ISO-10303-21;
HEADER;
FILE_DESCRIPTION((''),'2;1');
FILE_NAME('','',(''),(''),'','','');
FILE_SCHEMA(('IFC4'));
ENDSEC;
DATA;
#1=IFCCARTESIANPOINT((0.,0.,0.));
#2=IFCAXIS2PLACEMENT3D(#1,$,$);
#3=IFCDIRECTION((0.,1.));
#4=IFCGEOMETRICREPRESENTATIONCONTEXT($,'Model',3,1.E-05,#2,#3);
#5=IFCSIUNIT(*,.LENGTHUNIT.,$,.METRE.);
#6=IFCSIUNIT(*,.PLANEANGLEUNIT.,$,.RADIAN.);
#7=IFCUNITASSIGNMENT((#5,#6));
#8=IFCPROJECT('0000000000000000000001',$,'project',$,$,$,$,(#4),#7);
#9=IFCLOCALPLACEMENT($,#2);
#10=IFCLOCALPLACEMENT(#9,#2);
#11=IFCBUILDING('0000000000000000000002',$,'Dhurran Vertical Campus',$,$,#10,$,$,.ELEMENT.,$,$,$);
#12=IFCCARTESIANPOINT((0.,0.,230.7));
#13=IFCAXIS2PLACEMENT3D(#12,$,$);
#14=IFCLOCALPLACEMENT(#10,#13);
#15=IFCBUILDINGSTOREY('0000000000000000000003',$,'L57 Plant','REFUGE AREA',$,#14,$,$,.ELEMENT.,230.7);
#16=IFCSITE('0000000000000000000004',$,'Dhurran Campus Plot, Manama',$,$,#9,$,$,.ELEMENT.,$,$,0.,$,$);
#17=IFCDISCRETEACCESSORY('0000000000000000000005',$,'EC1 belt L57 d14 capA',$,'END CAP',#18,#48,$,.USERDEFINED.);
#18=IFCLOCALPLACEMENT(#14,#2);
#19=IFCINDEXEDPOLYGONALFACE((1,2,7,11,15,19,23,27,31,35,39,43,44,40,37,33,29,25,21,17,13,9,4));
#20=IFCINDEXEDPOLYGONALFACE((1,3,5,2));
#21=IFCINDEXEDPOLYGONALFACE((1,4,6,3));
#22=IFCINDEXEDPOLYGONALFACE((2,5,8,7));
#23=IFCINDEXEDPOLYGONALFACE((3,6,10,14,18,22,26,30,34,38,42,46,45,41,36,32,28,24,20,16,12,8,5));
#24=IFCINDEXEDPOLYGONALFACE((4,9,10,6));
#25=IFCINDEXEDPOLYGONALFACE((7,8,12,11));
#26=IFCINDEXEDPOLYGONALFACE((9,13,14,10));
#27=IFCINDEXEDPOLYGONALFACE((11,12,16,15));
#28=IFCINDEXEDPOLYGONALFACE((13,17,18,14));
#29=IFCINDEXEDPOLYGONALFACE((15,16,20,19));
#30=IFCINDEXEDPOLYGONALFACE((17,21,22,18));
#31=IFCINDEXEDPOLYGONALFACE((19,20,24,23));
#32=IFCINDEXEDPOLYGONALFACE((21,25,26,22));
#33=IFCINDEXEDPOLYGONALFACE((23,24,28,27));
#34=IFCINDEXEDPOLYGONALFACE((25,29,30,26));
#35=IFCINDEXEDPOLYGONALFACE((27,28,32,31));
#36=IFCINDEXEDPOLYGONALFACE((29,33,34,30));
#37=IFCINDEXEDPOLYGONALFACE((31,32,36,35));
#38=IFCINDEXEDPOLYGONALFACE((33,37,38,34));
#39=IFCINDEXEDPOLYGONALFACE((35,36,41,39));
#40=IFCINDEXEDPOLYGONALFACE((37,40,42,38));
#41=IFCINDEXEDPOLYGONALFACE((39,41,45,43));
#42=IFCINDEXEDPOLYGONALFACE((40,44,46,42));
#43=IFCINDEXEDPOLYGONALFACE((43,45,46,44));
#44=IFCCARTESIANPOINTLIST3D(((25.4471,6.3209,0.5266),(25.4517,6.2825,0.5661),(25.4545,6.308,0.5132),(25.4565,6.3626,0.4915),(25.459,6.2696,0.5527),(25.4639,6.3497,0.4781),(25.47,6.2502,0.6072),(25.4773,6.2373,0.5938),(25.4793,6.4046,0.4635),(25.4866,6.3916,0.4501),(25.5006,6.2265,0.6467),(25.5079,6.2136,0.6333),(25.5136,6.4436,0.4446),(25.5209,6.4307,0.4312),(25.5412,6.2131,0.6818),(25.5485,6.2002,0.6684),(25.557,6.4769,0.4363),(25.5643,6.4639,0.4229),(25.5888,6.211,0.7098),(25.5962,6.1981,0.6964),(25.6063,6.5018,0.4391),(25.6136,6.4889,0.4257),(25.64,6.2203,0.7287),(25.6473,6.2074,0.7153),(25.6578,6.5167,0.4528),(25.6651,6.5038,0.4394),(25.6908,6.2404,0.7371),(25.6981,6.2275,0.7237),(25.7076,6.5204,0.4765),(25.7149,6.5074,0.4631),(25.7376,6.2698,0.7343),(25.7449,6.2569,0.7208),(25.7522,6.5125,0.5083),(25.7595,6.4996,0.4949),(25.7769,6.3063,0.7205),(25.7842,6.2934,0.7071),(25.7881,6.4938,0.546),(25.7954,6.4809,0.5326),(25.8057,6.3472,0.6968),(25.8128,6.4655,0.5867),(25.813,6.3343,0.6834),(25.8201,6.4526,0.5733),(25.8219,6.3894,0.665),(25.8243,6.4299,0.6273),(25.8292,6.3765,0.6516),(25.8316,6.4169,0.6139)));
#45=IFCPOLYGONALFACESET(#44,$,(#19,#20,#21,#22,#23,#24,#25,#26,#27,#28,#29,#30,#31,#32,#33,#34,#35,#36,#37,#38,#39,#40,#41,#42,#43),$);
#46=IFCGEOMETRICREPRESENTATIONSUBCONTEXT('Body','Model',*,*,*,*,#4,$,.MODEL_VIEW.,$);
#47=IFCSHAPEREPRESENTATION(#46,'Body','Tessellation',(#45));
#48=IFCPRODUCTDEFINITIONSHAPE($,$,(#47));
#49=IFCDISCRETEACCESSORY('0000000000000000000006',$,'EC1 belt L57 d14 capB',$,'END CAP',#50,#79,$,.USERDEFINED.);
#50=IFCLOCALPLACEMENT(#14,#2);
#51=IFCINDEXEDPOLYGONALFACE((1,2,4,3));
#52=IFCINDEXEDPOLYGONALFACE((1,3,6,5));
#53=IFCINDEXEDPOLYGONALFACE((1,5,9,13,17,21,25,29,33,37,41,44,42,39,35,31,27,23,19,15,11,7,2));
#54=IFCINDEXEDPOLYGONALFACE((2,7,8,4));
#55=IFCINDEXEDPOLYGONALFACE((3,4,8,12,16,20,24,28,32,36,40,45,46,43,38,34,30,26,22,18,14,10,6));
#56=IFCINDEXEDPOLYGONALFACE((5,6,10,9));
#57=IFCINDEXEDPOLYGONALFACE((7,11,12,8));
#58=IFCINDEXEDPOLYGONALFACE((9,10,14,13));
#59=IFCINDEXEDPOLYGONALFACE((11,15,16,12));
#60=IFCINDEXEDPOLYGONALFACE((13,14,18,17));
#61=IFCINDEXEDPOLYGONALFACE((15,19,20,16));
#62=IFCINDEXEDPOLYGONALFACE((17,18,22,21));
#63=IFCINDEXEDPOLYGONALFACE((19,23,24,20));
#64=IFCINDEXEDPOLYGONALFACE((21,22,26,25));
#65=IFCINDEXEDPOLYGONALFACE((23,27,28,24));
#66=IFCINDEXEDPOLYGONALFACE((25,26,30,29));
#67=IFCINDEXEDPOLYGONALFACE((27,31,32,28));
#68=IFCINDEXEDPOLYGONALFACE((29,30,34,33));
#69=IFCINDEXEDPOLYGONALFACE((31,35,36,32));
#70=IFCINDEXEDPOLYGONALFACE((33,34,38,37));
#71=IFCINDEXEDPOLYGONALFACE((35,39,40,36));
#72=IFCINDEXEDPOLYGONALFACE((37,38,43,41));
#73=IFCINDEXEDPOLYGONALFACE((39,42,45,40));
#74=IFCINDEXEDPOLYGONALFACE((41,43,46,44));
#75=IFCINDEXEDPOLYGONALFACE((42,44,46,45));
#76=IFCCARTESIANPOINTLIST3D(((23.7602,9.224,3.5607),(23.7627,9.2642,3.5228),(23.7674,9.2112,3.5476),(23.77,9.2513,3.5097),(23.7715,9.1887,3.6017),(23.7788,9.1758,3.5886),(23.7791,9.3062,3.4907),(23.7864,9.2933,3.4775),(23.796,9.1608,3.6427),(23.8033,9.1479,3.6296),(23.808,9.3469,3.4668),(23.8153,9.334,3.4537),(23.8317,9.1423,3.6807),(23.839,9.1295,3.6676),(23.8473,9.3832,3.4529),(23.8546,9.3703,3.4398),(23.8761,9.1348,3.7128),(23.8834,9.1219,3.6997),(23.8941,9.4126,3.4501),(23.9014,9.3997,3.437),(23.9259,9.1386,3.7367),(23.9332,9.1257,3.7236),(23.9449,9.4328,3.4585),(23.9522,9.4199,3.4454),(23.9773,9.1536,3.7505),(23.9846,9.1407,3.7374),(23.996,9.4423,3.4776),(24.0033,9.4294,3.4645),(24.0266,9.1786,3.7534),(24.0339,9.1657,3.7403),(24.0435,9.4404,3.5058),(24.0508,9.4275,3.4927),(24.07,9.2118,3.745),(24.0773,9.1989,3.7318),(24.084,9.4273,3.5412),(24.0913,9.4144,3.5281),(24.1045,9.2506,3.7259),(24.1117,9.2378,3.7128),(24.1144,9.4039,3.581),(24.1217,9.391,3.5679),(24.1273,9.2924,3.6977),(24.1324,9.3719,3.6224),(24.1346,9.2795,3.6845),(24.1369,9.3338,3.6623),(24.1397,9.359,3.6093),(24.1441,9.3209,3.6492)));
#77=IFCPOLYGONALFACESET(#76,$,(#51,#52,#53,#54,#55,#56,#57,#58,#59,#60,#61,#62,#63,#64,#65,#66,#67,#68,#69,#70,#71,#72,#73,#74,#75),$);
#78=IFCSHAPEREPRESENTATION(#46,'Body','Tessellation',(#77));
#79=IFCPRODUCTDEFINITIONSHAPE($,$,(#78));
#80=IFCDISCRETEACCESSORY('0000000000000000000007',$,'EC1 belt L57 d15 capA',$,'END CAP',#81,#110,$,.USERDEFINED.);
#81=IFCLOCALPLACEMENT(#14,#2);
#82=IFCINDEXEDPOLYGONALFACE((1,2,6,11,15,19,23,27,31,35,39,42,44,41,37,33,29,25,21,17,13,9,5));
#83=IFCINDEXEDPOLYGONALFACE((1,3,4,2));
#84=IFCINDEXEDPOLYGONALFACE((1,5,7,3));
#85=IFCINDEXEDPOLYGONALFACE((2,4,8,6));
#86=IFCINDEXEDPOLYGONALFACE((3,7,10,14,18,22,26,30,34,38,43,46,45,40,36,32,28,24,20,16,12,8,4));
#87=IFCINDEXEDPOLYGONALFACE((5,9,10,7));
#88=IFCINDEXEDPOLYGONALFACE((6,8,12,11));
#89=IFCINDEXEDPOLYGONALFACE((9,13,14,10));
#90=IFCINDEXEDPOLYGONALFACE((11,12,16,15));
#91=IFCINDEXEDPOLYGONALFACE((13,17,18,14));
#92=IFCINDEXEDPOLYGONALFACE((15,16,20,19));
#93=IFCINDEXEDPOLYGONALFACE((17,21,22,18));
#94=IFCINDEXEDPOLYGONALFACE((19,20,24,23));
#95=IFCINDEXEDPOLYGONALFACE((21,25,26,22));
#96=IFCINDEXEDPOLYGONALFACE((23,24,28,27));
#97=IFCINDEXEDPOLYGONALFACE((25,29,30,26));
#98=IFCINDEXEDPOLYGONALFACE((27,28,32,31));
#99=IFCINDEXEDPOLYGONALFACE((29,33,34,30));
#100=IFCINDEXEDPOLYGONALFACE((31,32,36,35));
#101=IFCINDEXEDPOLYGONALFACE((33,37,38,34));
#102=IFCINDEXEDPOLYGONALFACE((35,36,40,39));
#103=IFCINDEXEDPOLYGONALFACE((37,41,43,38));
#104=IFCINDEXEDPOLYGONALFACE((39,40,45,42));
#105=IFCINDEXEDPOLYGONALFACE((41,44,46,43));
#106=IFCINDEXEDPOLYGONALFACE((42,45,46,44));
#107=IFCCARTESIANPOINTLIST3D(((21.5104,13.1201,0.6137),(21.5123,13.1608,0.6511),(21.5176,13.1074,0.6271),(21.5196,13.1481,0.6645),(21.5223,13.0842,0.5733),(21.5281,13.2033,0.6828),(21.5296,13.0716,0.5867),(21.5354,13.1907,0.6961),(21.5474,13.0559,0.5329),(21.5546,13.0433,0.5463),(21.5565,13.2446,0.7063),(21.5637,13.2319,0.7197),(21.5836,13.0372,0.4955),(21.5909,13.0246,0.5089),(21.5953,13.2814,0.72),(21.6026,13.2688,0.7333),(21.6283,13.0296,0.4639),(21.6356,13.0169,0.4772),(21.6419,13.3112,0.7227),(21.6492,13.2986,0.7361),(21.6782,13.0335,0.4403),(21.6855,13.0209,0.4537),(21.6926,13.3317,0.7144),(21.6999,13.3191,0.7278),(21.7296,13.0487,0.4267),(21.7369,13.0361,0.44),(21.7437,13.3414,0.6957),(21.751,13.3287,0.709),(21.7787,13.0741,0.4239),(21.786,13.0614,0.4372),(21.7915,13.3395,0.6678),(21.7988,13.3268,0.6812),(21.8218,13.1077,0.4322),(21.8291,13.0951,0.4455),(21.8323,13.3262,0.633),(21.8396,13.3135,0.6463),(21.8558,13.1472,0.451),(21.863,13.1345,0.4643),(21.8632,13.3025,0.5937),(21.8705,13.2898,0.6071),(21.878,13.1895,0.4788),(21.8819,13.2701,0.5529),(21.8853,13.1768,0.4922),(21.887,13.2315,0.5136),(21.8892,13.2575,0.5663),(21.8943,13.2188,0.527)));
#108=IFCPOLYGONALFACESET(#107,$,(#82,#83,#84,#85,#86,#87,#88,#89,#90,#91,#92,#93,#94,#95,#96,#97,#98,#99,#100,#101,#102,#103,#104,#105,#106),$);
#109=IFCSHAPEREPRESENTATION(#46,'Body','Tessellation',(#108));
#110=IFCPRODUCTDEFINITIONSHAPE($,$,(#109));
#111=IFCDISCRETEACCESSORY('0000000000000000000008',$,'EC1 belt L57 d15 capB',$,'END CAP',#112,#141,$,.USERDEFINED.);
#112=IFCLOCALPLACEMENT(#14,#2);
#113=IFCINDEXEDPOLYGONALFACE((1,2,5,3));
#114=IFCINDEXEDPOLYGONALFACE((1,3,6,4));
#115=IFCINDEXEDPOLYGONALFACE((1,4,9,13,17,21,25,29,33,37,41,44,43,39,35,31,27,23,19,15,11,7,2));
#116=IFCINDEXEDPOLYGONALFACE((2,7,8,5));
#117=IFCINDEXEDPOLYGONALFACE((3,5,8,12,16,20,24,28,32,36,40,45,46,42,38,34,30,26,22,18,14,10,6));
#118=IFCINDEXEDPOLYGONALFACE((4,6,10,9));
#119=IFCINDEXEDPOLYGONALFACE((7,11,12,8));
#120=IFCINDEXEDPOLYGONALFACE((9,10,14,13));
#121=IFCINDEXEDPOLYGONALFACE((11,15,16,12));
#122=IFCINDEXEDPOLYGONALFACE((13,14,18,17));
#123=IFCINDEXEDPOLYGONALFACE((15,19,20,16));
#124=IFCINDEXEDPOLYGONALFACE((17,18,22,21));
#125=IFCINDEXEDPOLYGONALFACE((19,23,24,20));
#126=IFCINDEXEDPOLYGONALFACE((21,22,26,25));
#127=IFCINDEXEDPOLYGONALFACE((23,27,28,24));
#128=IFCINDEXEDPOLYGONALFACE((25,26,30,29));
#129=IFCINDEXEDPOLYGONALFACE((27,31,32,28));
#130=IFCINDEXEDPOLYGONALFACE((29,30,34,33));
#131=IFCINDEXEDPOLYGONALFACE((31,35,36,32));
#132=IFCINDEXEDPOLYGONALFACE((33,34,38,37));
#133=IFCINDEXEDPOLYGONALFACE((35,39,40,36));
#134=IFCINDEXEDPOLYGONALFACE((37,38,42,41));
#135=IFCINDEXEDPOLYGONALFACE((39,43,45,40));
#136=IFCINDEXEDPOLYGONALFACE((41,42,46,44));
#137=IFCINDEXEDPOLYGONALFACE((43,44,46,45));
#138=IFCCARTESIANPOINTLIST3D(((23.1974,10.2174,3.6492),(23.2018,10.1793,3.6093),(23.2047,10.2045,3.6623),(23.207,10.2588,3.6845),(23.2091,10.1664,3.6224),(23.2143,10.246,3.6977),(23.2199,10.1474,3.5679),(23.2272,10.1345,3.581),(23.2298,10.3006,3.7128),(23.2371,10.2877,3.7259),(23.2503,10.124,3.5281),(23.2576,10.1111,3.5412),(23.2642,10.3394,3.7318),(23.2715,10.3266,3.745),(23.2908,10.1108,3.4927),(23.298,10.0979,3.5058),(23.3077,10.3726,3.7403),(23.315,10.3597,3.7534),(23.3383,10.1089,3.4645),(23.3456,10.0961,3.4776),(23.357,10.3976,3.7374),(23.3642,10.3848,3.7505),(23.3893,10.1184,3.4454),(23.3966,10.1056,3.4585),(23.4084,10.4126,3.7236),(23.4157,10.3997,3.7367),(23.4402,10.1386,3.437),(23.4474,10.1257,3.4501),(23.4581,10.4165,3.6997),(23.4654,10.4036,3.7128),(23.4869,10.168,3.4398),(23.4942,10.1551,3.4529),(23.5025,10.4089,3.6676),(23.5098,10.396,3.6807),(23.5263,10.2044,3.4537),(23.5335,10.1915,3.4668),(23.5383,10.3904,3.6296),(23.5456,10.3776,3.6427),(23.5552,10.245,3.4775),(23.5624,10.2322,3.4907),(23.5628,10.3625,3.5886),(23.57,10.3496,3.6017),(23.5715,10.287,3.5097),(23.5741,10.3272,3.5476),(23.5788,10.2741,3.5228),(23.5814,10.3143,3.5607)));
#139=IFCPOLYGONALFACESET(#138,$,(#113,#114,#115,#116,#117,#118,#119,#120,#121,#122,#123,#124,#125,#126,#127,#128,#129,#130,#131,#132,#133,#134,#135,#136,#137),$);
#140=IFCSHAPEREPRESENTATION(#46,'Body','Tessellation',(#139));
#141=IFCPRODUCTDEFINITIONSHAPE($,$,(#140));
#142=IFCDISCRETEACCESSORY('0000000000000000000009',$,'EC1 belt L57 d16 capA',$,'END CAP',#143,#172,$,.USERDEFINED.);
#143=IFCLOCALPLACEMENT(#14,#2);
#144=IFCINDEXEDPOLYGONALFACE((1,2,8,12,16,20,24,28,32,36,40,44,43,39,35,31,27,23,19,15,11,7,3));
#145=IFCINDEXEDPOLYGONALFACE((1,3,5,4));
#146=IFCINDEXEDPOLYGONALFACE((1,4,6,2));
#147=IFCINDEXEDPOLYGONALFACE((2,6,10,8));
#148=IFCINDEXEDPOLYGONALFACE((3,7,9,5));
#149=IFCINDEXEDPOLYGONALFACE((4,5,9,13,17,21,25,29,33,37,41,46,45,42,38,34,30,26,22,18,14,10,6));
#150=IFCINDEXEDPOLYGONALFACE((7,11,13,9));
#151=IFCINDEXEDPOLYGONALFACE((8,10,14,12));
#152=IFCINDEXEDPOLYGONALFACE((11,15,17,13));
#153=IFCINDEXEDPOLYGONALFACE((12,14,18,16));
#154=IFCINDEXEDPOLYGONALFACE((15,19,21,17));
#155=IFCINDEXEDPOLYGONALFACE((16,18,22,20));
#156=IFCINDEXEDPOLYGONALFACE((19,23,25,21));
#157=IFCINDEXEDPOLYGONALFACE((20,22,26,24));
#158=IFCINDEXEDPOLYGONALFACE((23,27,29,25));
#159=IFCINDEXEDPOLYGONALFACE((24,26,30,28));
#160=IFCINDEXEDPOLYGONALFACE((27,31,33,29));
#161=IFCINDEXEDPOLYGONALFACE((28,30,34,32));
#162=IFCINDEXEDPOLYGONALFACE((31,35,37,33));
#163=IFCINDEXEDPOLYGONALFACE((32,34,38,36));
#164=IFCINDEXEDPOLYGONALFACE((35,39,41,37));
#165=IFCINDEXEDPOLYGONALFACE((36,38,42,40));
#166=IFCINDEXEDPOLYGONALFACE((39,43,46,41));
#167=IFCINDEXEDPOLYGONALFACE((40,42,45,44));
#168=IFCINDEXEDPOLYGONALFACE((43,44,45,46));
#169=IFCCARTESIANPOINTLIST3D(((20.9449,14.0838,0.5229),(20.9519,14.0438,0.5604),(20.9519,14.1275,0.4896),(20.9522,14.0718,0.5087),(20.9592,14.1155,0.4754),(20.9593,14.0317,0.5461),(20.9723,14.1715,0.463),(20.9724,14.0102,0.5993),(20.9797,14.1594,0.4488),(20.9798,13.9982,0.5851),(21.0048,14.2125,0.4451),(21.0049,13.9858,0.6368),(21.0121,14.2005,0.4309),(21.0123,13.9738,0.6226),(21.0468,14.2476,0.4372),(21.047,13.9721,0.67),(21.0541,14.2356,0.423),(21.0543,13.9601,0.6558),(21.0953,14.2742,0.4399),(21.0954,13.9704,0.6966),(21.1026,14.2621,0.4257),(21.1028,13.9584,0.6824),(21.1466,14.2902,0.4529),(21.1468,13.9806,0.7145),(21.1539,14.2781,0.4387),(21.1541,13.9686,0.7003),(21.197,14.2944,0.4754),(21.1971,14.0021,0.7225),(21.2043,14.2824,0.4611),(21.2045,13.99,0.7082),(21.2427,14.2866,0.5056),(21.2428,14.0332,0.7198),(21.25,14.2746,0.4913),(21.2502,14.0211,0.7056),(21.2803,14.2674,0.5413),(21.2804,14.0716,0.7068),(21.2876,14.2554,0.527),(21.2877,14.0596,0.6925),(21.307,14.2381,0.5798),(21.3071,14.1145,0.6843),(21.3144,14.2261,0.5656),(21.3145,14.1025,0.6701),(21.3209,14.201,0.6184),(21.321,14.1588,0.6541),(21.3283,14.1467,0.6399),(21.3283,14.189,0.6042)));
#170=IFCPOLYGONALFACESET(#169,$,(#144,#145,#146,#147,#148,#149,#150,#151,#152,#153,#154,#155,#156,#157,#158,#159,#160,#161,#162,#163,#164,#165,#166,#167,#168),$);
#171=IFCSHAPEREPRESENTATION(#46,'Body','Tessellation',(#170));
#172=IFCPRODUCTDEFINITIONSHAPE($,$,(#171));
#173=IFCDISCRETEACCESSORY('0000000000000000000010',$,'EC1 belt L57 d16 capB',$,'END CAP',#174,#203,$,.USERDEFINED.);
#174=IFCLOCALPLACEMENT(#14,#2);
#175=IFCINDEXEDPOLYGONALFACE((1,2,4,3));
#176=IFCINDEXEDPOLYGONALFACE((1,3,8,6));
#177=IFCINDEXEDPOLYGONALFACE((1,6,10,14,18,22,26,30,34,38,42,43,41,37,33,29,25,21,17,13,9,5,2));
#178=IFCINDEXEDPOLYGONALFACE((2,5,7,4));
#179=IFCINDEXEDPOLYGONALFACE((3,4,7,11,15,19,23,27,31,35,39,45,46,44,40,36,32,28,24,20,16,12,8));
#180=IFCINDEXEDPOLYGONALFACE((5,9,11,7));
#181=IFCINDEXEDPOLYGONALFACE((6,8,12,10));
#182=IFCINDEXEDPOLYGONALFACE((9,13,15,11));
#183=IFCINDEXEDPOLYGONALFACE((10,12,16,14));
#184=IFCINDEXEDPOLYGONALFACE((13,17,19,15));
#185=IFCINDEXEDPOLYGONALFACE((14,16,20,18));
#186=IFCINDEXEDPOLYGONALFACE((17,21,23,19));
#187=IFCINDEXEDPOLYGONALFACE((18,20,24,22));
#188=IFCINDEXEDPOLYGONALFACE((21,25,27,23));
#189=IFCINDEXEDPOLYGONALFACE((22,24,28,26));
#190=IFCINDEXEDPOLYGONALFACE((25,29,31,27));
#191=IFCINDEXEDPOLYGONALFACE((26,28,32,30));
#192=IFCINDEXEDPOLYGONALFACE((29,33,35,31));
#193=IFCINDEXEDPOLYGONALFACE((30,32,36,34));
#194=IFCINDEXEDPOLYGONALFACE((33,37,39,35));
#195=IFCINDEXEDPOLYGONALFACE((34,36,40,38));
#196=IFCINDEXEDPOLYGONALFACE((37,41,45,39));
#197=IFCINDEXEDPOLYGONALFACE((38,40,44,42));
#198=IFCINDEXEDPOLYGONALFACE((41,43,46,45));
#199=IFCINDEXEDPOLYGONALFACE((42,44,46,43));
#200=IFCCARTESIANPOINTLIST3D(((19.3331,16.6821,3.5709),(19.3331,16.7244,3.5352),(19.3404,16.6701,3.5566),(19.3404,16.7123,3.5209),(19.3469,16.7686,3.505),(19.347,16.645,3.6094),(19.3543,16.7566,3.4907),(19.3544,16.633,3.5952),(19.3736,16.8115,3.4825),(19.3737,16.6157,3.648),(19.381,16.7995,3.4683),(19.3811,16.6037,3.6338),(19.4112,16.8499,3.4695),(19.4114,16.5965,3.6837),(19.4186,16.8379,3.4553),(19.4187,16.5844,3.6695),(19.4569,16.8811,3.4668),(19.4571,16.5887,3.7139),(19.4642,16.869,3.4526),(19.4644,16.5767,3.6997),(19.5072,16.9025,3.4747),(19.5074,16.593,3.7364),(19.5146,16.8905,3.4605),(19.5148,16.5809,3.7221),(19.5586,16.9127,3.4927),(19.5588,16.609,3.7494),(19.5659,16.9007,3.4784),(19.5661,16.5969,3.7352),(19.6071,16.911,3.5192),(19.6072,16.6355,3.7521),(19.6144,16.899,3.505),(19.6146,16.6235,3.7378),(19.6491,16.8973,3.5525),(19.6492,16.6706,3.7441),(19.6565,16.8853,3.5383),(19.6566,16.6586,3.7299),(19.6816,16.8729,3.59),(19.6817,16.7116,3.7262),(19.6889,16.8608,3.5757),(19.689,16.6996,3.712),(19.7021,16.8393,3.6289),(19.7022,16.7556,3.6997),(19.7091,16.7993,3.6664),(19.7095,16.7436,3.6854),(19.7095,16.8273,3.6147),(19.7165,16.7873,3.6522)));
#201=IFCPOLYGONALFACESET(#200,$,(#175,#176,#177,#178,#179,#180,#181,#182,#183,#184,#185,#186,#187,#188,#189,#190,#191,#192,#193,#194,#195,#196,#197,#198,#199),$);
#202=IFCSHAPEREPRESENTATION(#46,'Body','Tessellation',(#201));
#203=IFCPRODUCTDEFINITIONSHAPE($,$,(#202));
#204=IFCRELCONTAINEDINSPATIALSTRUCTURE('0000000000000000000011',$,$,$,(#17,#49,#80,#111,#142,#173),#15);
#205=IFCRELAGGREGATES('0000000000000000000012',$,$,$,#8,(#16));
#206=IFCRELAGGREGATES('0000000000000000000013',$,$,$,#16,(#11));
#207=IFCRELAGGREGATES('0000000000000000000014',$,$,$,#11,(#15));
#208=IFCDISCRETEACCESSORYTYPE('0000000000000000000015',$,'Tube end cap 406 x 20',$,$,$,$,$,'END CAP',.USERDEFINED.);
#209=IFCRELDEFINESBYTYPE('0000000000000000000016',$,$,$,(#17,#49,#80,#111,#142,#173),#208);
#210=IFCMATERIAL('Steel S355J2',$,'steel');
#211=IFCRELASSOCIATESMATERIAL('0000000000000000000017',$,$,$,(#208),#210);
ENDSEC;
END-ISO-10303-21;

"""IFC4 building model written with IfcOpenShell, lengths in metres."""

from ifc_helpers import new_model, si_unit, direction, frame, origin, origin_2d, place, context, subcontext, project, spatial, circle, extrude, material, material_profile, profile_set, type_object, element, save


model = new_model("IFC4")

# Units and contexts
model_context = context("Model", 3, precision=1e-05, world=origin(), true_north=direction((0.0, 1.0)))
body_context = subcontext(model_context, "Body", "Model", "MODEL_VIEW")
ifc_project = project(units=[si_unit("LENGTHUNIT", "METRE"), si_unit("PLANEANGLEUNIT", "RADIAN")], contexts=[model_context])

# Site, building, storey
site_placement = place(None, origin())
site = spatial("IfcSite", under=ifc_project, at=site_placement, Name="Dhurran Campus Plot, Manama", CompositionType="ELEMENT", RefElevation=0.0)
building_placement = place(site_placement, origin())
building = spatial("IfcBuilding", under=site, at=building_placement, Name="Dhurran Vertical Campus", CompositionType="ELEMENT")
storey_placement = place(building_placement, frame((0.0, 0.0, 230.7)))
storey = spatial("IfcBuildingStorey", under=building, at=storey_placement, Name="L57 Plant", Description="REFUGE AREA", CompositionType="ELEMENT", Elevation=230.7)

# Discrete accessories
ifc_material_1 = material(Name="Steel S355J2", Category="steel")
ifc_material_profile_1 = material_profile(ifc_material_1, circle(Radius=0.2031, at=origin_2d()), Name="Tube end cap 406 x 20")
ifc_profile_set_1 = profile_set([ifc_material_profile_1], Name="Steel S355J2")
discrete_accessory_type = type_object("IfcDiscreteAccessoryType", Name="Tube end cap 406 x 20", ElementType="END CAP", PredefinedType="USERDEFINED", material=ifc_profile_set_1)
for number, where, z_axis, x_axis, name in (
    (1, (25.636, 6.3655, 0.5867), (0.365582, -0.645861, -0.670234), (0.870257, 0.492598, 0.0), "EC1 belt L57 d14 capA"),
):
    element("IfcDiscreteAccessory", number, at=place(storey_placement, frame(where, z_axis=z_axis, x_axis=x_axis)), inside=storey, type_object=discrete_accessory_type, Name=name, ObjectType="END CAP", PredefinedType="USERDEFINED", context=body_context, shape_type="SweptSolid", body=[
        extrude(circle(Radius=0.2031, at=origin_2d()), origin(), (0.0, 0.0, 1.0), 0.02),
    ])
for number, where, z_axis, x_axis, name in (
    (2, (23.9556, 9.2759, 3.5886), (-0.368577, 0.651153, 0.663439), (-0.870257, -0.492598, 0.0), "EC1 belt L57 d14 capB"),
    (3, (21.7056, 13.1731, 0.5867), (-0.368466, 0.638674, -0.675521), (-0.866186, -0.499722, 0.0), "EC1 belt L57 d15 capA"),
    (4, (23.386, 10.2625, 3.5886), (0.368577, -0.651153, 0.663439), (0.870257, 0.492598, 0.0), "EC1 belt L57 d15 capB"),
):
    element("IfcDiscreteAccessory", number, at=place(storey_placement, frame(where, z_axis=z_axis, x_axis=x_axis)), inside=storey, type_object=discrete_accessory_type, Name=name, ObjectType="END CAP", PredefinedType="USERDEFINED", context=body_context, shape_type="SweptSolid", body=[
        extrude(circle(Radius=0.2031, at=origin_2d()), origin(), (0.0, 0.0, 1.0), 0.0198),
    ])
for number, where, z_axis, x_axis, name in (
    (5, (21.1338, 14.1321, 0.5798), (0.367469, -0.6002, -0.710441), (0.852851, 0.522154, 0.0), "EC1 belt L57 d16 capA"),
    (6, (19.5276, 16.739, 3.5952), (-0.367469, 0.6002, 0.710441), (-0.852851, -0.522154, 0.0), "EC1 belt L57 d16 capB"),
):
    element("IfcDiscreteAccessory", number, at=place(storey_placement, frame(where, z_axis=z_axis, x_axis=x_axis)), inside=storey, type_object=discrete_accessory_type, Name=name, ObjectType="END CAP", PredefinedType="USERDEFINED", context=body_context, shape_type="SweptSolid", body=[
        extrude(circle(Radius=0.2031, at=origin_2d()), origin(), (0.0, 0.0, 1.0), 0.02),
    ])

save(model, "model.ifc")
